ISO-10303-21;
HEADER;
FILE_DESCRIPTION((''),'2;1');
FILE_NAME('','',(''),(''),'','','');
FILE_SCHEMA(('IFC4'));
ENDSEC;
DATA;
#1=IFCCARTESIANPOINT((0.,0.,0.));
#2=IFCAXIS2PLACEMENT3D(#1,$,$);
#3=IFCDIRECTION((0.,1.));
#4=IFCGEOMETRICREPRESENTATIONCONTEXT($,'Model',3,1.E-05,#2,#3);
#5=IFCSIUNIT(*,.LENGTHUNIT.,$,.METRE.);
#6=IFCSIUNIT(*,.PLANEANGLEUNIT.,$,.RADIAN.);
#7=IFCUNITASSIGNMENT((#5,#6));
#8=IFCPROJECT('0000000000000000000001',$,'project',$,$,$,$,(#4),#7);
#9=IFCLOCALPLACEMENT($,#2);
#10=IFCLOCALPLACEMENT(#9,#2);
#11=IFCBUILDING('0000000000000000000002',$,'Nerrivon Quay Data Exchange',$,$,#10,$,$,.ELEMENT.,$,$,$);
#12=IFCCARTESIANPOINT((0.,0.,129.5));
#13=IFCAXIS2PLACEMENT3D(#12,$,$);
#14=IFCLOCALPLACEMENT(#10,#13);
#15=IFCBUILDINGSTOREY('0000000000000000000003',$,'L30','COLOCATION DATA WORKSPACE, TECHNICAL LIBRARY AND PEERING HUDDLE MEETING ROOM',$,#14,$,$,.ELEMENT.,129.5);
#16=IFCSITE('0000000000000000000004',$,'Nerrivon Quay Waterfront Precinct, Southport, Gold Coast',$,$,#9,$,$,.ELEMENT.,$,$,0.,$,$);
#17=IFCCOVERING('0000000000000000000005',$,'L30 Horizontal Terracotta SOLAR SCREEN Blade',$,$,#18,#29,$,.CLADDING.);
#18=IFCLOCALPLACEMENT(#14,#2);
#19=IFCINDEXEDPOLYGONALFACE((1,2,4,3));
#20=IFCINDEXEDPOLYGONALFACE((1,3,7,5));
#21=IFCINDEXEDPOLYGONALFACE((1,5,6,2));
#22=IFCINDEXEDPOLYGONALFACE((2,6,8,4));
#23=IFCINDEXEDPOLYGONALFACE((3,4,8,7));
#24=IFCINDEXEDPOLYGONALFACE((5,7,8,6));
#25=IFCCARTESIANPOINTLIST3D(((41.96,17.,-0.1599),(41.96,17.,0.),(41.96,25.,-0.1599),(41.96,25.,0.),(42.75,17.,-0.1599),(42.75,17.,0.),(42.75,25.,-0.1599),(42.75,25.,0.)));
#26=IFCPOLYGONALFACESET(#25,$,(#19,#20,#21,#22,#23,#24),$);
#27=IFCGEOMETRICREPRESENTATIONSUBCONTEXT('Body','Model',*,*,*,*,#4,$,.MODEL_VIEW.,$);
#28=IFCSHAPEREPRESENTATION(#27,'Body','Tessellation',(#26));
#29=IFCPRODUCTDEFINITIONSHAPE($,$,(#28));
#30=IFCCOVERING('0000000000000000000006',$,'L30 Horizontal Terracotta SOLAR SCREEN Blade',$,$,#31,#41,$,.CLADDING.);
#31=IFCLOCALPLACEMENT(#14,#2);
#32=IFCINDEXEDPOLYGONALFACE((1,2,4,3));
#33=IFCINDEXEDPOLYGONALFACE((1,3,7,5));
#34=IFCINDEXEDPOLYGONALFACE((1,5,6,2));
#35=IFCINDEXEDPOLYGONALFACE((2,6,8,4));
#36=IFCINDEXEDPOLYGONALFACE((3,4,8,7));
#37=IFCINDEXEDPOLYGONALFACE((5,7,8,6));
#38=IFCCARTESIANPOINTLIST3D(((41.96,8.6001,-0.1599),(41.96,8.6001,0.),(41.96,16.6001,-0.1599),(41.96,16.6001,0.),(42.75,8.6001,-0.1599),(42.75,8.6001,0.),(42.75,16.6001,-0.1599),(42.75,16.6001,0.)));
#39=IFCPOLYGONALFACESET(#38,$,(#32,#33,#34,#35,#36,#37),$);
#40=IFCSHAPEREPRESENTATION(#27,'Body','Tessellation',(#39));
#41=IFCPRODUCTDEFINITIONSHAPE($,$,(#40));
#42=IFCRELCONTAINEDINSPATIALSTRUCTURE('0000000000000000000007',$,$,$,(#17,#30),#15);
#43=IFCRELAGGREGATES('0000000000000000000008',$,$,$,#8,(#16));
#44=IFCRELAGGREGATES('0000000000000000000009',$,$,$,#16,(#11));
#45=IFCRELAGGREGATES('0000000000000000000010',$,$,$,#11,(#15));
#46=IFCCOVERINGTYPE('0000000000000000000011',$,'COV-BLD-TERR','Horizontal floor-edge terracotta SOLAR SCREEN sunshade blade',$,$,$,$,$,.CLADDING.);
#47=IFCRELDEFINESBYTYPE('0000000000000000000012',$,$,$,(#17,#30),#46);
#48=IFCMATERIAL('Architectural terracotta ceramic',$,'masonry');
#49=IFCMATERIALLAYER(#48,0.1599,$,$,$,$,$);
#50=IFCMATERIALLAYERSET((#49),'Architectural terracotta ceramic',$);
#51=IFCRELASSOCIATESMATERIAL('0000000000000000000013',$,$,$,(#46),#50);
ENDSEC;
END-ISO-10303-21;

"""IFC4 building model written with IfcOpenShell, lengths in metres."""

from ifc_helpers import new_model, si_unit, direction, frame, origin, place, context, subcontext, project, spatial, polyline, outline, extrude, material, layer, layer_set, type_object, element, save


model = new_model("IFC4")

# Units and contexts
model_context = context("Model", 3, precision=1e-05, world=origin(), true_north=direction((0.0, 1.0)))
body_context = subcontext(model_context, "Body", "Model", "MODEL_VIEW")
ifc_project = project(units=[si_unit("LENGTHUNIT", "METRE"), si_unit("PLANEANGLEUNIT", "RADIAN")], contexts=[model_context])

# Site, building, storey
site_placement = place(None, origin())
site = spatial("IfcSite", under=ifc_project, at=site_placement, Name="Nerrivon Quay Waterfront Precinct, Southport, Gold Coast", CompositionType="ELEMENT", RefElevation=0.0)
building_placement = place(site_placement, origin())
building = spatial("IfcBuilding", under=site, at=building_placement, Name="Nerrivon Quay Data Exchange", CompositionType="ELEMENT")
storey_placement = place(building_placement, frame((0.0, 0.0, 129.5)))
storey = spatial("IfcBuildingStorey", under=building, at=storey_placement, Name="L30", Description="COLOCATION DATA WORKSPACE, TECHNICAL LIBRARY AND PEERING HUDDLE MEETING ROOM", CompositionType="ELEMENT", Elevation=129.5)

# Coverings
ifc_material_1 = material(Name="Architectural terracotta ceramic", Category="masonry")
ifc_layer_1 = layer(ifc_material_1, 0.1599)
ifc_layer_set_1 = layer_set([ifc_layer_1], Name="Architectural terracotta ceramic")
covering_type = type_object("IfcCoveringType", Name="COV-BLD-TERR", Description="Horizontal floor-edge terracotta SOLAR SCREEN sunshade blade", PredefinedType="CLADDING", material=ifc_layer_set_1)
covering_1_placement = place(storey_placement, frame((0.0, 0.0, -0.1599)))
element("IfcCovering", 1, at=covering_1_placement, inside=storey, type_object=covering_type, Name="L30 Horizontal Terracotta SOLAR SCREEN Blade", PredefinedType="CLADDING", context=body_context, shape_type="SweptSolid", body=[
    extrude(outline(polyline([(41.96, 25.0), (41.96, 17.0), (42.75, 17.0), (42.75, 25.0), (41.96, 25.0)])), origin(), (0.0, 0.0, 1.0), 0.1599),
])
covering_2_placement = place(storey_placement, frame((0.0, 0.0, -0.1599)))
element("IfcCovering", 2, at=covering_2_placement, inside=storey, type_object=covering_type, Name="L30 Horizontal Terracotta SOLAR SCREEN Blade", PredefinedType="CLADDING", context=body_context, shape_type="SweptSolid", body=[
    extrude(outline(polyline([(41.96, 16.6001), (41.96, 8.6001), (42.75, 8.6001), (42.75, 16.6001), (41.96, 16.6001)])), origin(), (0.0, 0.0, 1.0), 0.1599),
])

save(model, "model.ifc")
